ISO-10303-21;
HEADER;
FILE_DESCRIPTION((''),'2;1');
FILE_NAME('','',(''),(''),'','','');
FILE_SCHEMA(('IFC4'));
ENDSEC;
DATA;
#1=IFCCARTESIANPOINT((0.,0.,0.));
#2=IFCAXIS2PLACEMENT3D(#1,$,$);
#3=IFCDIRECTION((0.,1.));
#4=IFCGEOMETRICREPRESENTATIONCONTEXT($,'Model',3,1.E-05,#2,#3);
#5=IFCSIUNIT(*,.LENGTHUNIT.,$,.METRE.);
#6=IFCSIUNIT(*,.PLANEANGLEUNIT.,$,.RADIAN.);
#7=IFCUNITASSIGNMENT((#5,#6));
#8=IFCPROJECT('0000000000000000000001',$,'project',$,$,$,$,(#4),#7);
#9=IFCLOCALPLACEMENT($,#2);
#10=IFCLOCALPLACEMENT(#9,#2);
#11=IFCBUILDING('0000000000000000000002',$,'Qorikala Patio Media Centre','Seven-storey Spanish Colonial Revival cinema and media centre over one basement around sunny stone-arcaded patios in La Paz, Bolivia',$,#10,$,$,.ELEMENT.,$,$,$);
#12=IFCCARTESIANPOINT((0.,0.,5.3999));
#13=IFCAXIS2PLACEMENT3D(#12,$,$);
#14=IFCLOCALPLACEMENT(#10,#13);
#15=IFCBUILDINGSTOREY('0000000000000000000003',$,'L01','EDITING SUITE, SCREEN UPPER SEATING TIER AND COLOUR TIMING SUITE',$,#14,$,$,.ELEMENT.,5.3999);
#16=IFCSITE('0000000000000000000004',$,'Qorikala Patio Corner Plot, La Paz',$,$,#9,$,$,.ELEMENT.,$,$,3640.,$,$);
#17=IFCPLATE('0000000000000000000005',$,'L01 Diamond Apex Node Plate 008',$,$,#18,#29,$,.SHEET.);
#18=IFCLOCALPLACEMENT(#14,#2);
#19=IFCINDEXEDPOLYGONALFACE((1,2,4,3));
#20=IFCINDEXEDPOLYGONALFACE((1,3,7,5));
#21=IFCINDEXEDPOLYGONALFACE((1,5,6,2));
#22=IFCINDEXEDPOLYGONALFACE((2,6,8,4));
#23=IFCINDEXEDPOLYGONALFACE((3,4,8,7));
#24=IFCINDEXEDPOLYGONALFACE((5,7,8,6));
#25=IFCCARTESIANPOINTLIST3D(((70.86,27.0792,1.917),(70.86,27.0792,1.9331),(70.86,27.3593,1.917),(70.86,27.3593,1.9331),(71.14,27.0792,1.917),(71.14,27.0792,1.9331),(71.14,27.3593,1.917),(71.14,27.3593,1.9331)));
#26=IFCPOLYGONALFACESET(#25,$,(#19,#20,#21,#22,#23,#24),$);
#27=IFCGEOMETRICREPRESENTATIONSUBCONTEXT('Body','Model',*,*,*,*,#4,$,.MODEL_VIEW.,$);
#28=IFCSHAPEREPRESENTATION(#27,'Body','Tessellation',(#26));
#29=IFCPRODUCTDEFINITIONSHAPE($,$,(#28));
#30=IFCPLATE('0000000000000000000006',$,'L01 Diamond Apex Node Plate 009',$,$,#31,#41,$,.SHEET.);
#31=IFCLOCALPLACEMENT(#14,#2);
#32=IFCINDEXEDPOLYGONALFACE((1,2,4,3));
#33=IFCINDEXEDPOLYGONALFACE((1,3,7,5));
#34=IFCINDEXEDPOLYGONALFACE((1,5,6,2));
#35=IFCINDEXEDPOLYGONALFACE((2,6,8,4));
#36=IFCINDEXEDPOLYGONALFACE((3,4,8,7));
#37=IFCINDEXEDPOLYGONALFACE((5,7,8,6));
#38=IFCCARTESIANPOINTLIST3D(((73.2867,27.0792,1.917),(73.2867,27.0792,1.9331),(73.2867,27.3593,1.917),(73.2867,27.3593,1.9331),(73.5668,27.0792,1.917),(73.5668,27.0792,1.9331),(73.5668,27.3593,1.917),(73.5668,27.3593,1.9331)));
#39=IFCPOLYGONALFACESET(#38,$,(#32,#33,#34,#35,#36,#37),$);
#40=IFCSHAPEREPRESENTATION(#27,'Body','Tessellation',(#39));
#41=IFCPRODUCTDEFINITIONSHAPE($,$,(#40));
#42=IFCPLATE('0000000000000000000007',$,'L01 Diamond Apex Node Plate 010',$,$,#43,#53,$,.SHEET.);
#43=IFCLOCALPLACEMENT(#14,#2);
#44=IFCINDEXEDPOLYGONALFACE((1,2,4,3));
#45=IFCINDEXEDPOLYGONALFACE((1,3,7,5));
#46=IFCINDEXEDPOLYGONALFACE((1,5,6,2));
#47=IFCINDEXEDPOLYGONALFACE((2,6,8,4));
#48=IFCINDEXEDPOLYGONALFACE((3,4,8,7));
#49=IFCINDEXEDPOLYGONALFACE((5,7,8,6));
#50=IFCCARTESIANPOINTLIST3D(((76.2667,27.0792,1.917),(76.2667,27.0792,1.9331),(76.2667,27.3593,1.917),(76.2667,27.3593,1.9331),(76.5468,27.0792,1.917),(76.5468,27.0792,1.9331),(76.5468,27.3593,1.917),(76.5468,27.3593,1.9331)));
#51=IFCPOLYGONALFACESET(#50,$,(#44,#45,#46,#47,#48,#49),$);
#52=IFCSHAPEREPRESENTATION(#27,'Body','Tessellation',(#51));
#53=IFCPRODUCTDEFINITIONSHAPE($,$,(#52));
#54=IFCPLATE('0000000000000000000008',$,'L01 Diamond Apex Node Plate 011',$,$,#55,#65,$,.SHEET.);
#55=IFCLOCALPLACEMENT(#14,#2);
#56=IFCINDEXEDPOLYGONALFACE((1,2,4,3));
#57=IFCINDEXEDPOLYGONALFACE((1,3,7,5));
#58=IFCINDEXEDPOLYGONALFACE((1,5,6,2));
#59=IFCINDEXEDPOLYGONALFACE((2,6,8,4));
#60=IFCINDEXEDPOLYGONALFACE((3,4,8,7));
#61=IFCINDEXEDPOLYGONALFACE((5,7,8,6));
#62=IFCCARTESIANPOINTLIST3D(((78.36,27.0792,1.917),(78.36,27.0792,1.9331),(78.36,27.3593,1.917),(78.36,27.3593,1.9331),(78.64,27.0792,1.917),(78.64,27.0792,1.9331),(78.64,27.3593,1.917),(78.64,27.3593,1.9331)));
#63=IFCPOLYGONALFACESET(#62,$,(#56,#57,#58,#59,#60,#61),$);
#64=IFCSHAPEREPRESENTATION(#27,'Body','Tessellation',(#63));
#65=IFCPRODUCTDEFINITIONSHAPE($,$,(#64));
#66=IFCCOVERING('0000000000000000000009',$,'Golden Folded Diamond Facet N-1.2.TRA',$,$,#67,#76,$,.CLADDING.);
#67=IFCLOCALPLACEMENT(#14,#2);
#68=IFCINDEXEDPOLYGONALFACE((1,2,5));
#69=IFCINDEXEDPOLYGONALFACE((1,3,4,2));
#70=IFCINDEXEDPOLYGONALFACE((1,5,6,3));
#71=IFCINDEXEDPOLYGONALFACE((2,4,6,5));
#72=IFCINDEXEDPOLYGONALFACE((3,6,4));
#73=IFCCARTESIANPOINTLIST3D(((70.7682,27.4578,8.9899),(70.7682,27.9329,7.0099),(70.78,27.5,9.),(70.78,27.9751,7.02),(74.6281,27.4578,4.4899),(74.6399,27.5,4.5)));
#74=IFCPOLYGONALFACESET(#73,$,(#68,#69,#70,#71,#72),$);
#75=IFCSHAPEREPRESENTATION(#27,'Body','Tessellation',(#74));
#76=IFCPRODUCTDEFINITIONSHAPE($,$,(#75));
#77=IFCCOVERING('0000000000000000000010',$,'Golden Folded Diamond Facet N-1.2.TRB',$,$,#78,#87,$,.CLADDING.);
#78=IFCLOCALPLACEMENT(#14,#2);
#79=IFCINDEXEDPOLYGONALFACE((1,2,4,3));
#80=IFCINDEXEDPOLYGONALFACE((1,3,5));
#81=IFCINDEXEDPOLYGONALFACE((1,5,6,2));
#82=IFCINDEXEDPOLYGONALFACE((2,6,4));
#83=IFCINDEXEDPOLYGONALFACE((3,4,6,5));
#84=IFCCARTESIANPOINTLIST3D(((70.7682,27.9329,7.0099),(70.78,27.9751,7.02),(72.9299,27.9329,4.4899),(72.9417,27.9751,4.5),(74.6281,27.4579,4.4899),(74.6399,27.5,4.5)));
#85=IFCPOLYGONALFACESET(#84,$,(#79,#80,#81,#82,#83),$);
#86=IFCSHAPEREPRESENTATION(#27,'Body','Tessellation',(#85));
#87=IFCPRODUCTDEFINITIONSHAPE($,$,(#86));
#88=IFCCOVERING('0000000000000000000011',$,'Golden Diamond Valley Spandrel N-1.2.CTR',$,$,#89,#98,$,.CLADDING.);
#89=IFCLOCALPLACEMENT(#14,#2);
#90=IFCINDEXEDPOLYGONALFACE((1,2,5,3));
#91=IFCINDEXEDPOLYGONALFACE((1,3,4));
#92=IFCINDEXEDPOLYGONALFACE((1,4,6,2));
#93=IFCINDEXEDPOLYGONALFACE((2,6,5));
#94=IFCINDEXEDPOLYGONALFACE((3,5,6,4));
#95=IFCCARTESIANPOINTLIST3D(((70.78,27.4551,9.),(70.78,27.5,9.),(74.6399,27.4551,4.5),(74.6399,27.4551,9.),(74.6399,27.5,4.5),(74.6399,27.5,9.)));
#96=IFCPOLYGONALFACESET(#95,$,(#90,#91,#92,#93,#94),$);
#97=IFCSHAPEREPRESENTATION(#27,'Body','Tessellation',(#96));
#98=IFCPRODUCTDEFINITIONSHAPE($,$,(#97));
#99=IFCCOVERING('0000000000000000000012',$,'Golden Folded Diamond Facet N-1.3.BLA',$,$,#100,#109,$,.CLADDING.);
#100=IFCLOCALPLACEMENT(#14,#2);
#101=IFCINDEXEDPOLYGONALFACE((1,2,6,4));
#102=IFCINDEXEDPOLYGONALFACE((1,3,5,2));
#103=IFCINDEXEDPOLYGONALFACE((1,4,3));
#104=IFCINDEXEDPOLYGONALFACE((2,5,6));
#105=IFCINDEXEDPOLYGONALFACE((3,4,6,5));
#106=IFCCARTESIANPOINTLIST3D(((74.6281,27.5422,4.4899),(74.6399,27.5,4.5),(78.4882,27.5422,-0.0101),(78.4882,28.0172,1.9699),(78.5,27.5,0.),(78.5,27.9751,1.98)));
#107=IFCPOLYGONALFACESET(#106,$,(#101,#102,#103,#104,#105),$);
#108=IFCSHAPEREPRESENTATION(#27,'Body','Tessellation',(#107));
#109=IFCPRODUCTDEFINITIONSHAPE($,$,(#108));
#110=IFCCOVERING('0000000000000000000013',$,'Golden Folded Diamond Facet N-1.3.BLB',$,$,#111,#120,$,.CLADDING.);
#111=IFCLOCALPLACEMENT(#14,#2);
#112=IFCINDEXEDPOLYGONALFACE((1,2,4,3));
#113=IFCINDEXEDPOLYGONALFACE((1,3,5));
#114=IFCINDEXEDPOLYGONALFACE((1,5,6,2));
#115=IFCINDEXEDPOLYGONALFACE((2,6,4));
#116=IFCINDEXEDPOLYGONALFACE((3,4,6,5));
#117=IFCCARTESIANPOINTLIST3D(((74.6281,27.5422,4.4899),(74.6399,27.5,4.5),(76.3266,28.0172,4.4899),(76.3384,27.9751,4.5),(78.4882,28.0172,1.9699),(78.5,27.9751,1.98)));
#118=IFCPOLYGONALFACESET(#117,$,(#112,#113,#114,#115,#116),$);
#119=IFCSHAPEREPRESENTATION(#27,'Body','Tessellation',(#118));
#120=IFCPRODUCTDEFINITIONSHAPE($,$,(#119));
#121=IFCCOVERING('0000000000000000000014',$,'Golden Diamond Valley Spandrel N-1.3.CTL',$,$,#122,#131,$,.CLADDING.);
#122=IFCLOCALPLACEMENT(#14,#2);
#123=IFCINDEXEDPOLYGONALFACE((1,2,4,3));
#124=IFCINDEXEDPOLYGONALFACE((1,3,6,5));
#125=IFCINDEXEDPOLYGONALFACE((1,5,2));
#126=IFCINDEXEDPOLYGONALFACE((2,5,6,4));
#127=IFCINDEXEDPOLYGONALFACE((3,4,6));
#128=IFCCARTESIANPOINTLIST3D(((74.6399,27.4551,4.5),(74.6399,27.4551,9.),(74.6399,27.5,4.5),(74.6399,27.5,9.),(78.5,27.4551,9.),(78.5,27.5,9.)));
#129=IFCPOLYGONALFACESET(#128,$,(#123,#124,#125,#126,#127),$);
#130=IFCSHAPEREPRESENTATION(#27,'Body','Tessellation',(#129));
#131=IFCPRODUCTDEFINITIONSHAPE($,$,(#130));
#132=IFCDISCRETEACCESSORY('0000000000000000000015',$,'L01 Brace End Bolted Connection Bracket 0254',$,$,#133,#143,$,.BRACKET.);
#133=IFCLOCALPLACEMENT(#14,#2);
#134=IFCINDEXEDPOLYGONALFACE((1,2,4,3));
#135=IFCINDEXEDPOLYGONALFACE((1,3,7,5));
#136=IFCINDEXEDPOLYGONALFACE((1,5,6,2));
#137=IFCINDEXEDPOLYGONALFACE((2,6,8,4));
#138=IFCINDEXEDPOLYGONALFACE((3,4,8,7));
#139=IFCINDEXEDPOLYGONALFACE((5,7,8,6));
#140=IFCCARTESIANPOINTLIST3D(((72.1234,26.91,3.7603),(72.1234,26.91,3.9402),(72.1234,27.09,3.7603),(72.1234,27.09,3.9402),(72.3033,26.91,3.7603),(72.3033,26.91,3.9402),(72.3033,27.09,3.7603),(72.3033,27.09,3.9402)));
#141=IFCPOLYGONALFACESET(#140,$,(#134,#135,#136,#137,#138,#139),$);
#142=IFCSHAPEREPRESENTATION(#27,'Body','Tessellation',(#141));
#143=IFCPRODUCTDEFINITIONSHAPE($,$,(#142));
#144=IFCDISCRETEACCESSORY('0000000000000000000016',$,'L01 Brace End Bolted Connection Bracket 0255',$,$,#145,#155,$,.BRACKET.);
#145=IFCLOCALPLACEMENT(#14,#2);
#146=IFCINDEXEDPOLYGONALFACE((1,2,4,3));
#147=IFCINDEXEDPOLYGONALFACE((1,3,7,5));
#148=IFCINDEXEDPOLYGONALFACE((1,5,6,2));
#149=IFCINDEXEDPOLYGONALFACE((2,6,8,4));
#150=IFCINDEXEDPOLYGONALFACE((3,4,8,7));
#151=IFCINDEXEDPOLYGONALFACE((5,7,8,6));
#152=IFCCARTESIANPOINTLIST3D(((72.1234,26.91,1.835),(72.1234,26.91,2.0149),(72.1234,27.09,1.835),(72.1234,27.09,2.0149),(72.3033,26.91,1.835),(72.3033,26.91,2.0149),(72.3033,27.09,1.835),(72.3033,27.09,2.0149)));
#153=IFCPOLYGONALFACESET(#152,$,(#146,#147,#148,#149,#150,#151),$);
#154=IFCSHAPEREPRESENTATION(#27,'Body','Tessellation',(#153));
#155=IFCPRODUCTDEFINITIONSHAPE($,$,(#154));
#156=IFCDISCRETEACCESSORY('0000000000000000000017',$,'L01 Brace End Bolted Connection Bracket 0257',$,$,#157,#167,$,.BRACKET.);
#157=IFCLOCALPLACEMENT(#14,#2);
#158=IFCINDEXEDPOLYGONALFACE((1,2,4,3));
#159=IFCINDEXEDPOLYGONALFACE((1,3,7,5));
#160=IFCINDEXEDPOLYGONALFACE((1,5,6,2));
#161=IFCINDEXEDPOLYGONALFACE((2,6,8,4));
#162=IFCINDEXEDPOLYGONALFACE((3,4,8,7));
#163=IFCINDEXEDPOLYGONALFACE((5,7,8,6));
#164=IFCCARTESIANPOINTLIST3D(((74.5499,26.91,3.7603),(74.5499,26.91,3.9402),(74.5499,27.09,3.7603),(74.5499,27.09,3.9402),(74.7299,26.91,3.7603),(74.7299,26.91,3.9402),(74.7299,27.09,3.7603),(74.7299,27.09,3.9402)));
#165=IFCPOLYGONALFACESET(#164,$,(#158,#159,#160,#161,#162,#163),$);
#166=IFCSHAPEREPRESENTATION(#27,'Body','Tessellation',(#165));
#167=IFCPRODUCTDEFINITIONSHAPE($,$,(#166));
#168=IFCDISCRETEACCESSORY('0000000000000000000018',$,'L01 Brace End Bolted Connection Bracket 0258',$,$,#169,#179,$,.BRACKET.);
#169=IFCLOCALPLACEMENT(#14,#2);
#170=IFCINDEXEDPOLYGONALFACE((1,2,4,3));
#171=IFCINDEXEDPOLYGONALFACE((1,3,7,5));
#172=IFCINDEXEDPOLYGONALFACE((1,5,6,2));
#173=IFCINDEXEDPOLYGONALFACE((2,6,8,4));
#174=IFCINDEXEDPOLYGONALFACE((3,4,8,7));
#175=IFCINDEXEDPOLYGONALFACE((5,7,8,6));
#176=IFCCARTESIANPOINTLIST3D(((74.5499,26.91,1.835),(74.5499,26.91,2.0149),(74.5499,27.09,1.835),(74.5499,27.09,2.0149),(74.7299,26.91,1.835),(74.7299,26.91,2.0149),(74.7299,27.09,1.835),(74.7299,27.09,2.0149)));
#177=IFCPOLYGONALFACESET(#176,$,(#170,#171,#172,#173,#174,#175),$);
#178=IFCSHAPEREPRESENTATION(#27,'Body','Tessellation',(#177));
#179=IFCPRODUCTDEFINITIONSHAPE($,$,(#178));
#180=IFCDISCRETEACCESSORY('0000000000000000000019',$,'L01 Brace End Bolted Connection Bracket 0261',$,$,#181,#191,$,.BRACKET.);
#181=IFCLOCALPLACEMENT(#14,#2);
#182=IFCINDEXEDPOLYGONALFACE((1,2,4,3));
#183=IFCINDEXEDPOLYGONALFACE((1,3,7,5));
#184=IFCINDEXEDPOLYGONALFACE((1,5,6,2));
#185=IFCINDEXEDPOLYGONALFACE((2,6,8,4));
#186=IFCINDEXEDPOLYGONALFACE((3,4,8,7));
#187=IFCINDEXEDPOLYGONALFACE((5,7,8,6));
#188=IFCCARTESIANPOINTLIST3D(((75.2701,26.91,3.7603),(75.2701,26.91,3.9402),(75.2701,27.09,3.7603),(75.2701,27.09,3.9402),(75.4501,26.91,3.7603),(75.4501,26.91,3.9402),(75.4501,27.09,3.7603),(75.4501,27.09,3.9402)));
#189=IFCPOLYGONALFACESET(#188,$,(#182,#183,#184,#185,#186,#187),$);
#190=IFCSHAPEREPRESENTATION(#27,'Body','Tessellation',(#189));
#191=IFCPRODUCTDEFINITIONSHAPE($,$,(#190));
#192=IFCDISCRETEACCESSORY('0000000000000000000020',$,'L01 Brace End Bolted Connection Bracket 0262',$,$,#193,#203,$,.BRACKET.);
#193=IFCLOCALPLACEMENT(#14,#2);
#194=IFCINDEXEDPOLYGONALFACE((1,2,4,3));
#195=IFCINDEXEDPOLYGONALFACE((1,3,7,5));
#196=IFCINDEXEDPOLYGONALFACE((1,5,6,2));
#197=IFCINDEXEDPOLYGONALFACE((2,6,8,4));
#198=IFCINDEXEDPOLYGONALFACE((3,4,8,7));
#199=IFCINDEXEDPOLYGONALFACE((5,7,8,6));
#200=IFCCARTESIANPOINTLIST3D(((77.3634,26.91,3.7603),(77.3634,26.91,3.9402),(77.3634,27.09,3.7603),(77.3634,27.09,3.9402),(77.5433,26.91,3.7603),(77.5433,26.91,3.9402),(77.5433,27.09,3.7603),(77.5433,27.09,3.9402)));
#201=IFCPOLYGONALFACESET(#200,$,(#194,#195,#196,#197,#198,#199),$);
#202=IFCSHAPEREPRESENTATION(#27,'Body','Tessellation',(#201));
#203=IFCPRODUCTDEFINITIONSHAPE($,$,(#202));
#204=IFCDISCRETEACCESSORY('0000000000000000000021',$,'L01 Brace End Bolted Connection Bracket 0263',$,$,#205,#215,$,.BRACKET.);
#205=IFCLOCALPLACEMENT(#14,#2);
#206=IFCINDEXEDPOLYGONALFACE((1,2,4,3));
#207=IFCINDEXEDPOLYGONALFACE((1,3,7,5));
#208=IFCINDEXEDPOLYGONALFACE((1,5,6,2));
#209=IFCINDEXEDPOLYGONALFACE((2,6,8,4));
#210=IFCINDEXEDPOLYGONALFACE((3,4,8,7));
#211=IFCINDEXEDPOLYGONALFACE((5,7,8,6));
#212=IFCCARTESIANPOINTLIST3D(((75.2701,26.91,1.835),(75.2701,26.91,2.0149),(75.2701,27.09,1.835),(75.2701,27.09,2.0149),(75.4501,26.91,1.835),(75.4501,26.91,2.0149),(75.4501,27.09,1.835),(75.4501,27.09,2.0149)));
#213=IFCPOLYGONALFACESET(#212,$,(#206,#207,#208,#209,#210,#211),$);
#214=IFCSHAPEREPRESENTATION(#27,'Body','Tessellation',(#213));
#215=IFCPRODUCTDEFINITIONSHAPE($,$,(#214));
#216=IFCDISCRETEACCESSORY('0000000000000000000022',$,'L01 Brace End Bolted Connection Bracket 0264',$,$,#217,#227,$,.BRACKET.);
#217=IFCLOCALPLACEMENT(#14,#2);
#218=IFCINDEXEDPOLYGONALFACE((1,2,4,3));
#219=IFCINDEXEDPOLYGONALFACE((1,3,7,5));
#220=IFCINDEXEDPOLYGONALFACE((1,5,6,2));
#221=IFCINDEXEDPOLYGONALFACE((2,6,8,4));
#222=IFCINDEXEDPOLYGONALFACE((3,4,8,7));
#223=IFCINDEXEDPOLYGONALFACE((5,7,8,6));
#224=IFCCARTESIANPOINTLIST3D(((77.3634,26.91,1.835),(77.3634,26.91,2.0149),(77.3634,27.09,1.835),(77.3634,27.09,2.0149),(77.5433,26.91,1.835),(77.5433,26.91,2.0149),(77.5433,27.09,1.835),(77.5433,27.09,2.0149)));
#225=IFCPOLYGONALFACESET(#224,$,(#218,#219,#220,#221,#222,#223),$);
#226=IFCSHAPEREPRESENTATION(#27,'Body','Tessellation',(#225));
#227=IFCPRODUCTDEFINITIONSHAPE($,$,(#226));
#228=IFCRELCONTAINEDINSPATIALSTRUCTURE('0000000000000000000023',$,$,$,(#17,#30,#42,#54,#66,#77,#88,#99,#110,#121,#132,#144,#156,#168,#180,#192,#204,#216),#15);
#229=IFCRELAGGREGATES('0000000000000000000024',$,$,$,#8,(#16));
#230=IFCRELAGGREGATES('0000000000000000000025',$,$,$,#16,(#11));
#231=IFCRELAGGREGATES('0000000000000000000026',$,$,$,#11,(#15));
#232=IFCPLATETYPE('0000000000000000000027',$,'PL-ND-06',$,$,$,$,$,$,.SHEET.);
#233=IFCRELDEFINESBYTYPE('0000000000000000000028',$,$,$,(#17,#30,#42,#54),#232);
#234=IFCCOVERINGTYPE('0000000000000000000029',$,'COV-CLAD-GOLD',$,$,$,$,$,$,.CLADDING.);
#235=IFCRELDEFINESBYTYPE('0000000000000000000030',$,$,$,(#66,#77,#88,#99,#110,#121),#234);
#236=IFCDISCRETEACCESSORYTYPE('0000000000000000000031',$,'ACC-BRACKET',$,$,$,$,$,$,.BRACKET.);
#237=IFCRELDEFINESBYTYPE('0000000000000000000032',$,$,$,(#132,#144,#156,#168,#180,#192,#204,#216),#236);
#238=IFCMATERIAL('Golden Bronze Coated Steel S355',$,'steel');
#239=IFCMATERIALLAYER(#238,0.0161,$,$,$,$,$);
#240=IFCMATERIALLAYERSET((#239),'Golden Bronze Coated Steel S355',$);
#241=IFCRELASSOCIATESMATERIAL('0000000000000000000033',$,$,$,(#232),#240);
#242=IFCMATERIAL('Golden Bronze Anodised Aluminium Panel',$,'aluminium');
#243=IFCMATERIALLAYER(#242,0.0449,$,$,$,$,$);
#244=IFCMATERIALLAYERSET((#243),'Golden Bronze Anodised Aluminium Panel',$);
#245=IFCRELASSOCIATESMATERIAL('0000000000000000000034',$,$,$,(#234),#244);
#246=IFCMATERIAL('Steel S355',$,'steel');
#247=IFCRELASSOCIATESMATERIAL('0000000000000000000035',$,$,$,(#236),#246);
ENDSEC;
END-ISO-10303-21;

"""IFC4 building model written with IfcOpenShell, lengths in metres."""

from ifc_helpers import new_model, si_unit, direction, frame, origin, origin_2d, place, context, subcontext, project, spatial, polyline, rectangle, outline, extrude, material, layer, layer_set, type_object, element, save


model = new_model("IFC4")

# Units and contexts
model_context = context("Model", 3, precision=1e-05, world=origin(), true_north=direction((0.0, 1.0)))
body_context = subcontext(model_context, "Body", "Model", "MODEL_VIEW")
ifc_project = project(units=[si_unit("LENGTHUNIT", "METRE"), si_unit("PLANEANGLEUNIT", "RADIAN")], contexts=[model_context])

# Site, building, storey
site_placement = place(None, origin())
site = spatial("IfcSite", under=ifc_project, at=site_placement, Name="Qorikala Patio Corner Plot, La Paz", CompositionType="ELEMENT", RefElevation=3640.0)
building_placement = place(site_placement, origin())
building = spatial("IfcBuilding", under=site, at=building_placement, Name="Qorikala Patio Media Centre", Description="Seven-storey Spanish Colonial Revival cinema and media centre over one basement around sunny stone-arcaded patios in La Paz, Bolivia", CompositionType="ELEMENT")
storey_placement = place(building_placement, frame((0.0, 0.0, 5.3999)))
storey = spatial("IfcBuildingStorey", under=building, at=storey_placement, Name="L01", Description="EDITING SUITE, SCREEN UPPER SEATING TIER AND COLOUR TIMING SUITE", CompositionType="ELEMENT", Elevation=5.3999)

# Shared definitions
ifc_material_1 = material(Name="Golden Bronze Coated Steel S355", Category="steel")

# Plates
ifc_layer_1 = layer(ifc_material_1, 0.0161)
ifc_layer_set_1 = layer_set([ifc_layer_1], Name="Golden Bronze Coated Steel S355")
plate_type = type_object("IfcPlateType", Name="PL-ND-06", PredefinedType="SHEET", material=ifc_layer_set_1)
for number, where, z_axis, x_axis, name in (
    (1, (71.0, 27.2192, 1.917), (0.0, 0.0, 1.0), (1.0, 0.0, 0.0), "L01 Diamond Apex Node Plate 008"),
    (2, (73.4268, 27.2192, 1.917), (0.0, 0.0, 1.0), (1.0, 0.0, 0.0), "L01 Diamond Apex Node Plate 009"),
    (3, (76.4067, 27.2192, 1.917), (0.0, 0.0, 1.0), (1.0, 0.0, 0.0), "L01 Diamond Apex Node Plate 010"),
    (4, (78.5, 27.2192, 1.917), (0.0, 0.0, 1.0), (1.0, 0.0, 0.0), "L01 Diamond Apex Node Plate 011"),
):
    element("IfcPlate", number, at=place(storey_placement, frame(where, z_axis=z_axis, x_axis=x_axis)), inside=storey, type_object=plate_type, Name=name, PredefinedType="SHEET", context=body_context, shape_type="SweptSolid", body=[
        extrude(rectangle(XDim=0.28, YDim=0.28, at=origin_2d()), origin(), (0.0, 0.0, 1.0), 0.0161),
    ])

# Coverings
ifc_material_2 = material(Name="Golden Bronze Anodised Aluminium Panel", Category="aluminium")
ifc_layer_2 = layer(ifc_material_2, 0.0449)
ifc_layer_set_2 = layer_set([ifc_layer_2], Name="Golden Bronze Anodised Aluminium Panel")
covering_type = type_object("IfcCoveringType", Name="COV-CLAD-GOLD", PredefinedType="CLADDING", material=ifc_layer_set_2)
covering_1_placement = place(storey_placement, frame((74.6399, 27.5, 4.5), z_axis=(0.262485, 0.938302, 0.225146), x_axis=(-0.651056, 0.0, 0.75903)))
element("IfcCovering", 5, at=covering_1_placement, inside=storey, type_object=covering_type, Name="Golden Folded Diamond Facet N-1.2.TRA", PredefinedType="CLADDING", context=body_context, shape_type="SweptSolid", body=[
    extrude(outline(polyline([(0.0, 0.0), (5.9286, 0.0), (4.4258, -1.3738), (0.0, 0.0)])), origin(), (0.0, 0.0, -1.0), 0.0449),
])
covering_2_placement = place(storey_placement, frame((74.6399, 27.5, 4.5), z_axis=(0.262496, 0.938295, 0.225164), x_axis=(-0.832929, 0.102522, 0.543801)))
element("IfcCovering", 6, at=covering_2_placement, inside=storey, type_object=covering_type, Name="Golden Folded Diamond Facet N-1.2.TRB", PredefinedType="CLADDING", context=body_context, shape_type="SweptSolid", body=[
    extrude(outline(polyline([(0.0, 0.0), (4.6341, 0.0), (1.4632, -0.9842), (0.0, 0.0)])), origin(), (0.0, 0.0, -1.0), 0.0449),
])
covering_3_placement = place(storey_placement, frame((74.6399, 27.5, 9.0), z_axis=(0.0, 1.0, 0.0), x_axis=(0.0, 0.0, -1.0)))
element("IfcCovering", 7, at=covering_3_placement, inside=storey, type_object=covering_type, Name="Golden Diamond Valley Spandrel N-1.2.CTR", PredefinedType="CLADDING", context=body_context, shape_type="SweptSolid", body=[
    extrude(outline(polyline([(0.0, 0.0), (4.5, 0.0), (0.0, 3.8599), (0.0, 0.0)])), origin(), (0.0, 0.0, -1.0), 0.0449),
])
covering_4_placement = place(storey_placement, frame((74.6399, 27.5, 4.5), z_axis=(0.26247, -0.938306, 0.225147), x_axis=(0.65108, 0.0, -0.759009)))
element("IfcCovering", 8, at=covering_4_placement, inside=storey, type_object=covering_type, Name="Golden Folded Diamond Facet N-1.3.BLA", PredefinedType="CLADDING", context=body_context, shape_type="SweptSolid", body=[
    extrude(outline(polyline([(0.0, 0.0), (5.9288, 0.0), (4.426, 1.3739), (0.0, 0.0)])), origin(), (0.0, 0.0, -1.0), 0.0449),
])
covering_5_placement = place(storey_placement, frame((74.6399, 27.5, 4.5), z_axis=(0.262463, -0.938311, 0.225135), x_axis=(0.832945, 0.102518, -0.543777)))
element("IfcCovering", 9, at=covering_5_placement, inside=storey, type_object=covering_type, Name="Golden Folded Diamond Facet N-1.3.BLB", PredefinedType="CLADDING", context=body_context, shape_type="SweptSolid", body=[
    extrude(outline(polyline([(0.0, 0.0), (4.6343, 0.0), (1.4635, 0.9843), (0.0, 0.0)])), origin(), (0.0, 0.0, -1.0), 0.0449),
])
covering_6_placement = place(storey_placement, frame((74.6399, 27.5, 9.0), z_axis=(0.0, 1.0, 0.0), x_axis=(1.0, 0.0, 0.0)))
element("IfcCovering", 10, at=covering_6_placement, inside=storey, type_object=covering_type, Name="Golden Diamond Valley Spandrel N-1.3.CTL", PredefinedType="CLADDING", context=body_context, shape_type="SweptSolid", body=[
    extrude(outline(polyline([(0.0, 0.0), (3.8601, 0.0), (0.0, 4.5), (0.0, 0.0)])), origin(), (0.0, 0.0, -1.0), 0.0449),
])

# Discrete accessories
ifc_material_3 = material(Name="Steel S355", Category="steel")
discrete_accessory_type = type_object("IfcDiscreteAccessoryType", Name="ACC-BRACKET", PredefinedType="BRACKET", material=ifc_material_3)
for number, where, z_axis, x_axis, name in (
    (11, (72.2134, 27.0, 3.7603), (0.0, 0.0, 1.0), (1.0, 0.0, 0.0), "L01 Brace End Bolted Connection Bracket 0254"),
    (12, (72.2134, 27.0, 1.835), (0.0, 0.0, 1.0), (1.0, 0.0, 0.0), "L01 Brace End Bolted Connection Bracket 0255"),
    (13, (74.6399, 27.0, 3.7603), (0.0, 0.0, 1.0), (1.0, 0.0, 0.0), "L01 Brace End Bolted Connection Bracket 0257"),
    (14, (74.6399, 27.0, 1.835), (0.0, 0.0, 1.0), (1.0, 0.0, 0.0), "L01 Brace End Bolted Connection Bracket 0258"),
    (15, (75.3601, 27.0, 3.7603), (0.0, 0.0, 1.0), (1.0, 0.0, 0.0), "L01 Brace End Bolted Connection Bracket 0261"),
    (16, (77.4534, 27.0, 3.7603), (0.0, 0.0, 1.0), (1.0, 0.0, 0.0), "L01 Brace End Bolted Connection Bracket 0262"),
    (17, (75.3601, 27.0, 1.835), (0.0, 0.0, 1.0), (1.0, 0.0, 0.0), "L01 Brace End Bolted Connection Bracket 0263"),
    (18, (77.4534, 27.0, 1.835), (0.0, 0.0, 1.0), (1.0, 0.0, 0.0), "L01 Brace End Bolted Connection Bracket 0264"),
):
    element("IfcDiscreteAccessory", number, at=place(storey_placement, frame(where, z_axis=z_axis, x_axis=x_axis)), inside=storey, type_object=discrete_accessory_type, Name=name, PredefinedType="BRACKET", context=body_context, shape_type="SweptSolid", body=[
        extrude(rectangle(XDim=0.1799, YDim=0.1799, at=origin_2d()), origin(), (0.0, 0.0, 1.0), 0.1799),
    ])

save(model, "model.ifc")
